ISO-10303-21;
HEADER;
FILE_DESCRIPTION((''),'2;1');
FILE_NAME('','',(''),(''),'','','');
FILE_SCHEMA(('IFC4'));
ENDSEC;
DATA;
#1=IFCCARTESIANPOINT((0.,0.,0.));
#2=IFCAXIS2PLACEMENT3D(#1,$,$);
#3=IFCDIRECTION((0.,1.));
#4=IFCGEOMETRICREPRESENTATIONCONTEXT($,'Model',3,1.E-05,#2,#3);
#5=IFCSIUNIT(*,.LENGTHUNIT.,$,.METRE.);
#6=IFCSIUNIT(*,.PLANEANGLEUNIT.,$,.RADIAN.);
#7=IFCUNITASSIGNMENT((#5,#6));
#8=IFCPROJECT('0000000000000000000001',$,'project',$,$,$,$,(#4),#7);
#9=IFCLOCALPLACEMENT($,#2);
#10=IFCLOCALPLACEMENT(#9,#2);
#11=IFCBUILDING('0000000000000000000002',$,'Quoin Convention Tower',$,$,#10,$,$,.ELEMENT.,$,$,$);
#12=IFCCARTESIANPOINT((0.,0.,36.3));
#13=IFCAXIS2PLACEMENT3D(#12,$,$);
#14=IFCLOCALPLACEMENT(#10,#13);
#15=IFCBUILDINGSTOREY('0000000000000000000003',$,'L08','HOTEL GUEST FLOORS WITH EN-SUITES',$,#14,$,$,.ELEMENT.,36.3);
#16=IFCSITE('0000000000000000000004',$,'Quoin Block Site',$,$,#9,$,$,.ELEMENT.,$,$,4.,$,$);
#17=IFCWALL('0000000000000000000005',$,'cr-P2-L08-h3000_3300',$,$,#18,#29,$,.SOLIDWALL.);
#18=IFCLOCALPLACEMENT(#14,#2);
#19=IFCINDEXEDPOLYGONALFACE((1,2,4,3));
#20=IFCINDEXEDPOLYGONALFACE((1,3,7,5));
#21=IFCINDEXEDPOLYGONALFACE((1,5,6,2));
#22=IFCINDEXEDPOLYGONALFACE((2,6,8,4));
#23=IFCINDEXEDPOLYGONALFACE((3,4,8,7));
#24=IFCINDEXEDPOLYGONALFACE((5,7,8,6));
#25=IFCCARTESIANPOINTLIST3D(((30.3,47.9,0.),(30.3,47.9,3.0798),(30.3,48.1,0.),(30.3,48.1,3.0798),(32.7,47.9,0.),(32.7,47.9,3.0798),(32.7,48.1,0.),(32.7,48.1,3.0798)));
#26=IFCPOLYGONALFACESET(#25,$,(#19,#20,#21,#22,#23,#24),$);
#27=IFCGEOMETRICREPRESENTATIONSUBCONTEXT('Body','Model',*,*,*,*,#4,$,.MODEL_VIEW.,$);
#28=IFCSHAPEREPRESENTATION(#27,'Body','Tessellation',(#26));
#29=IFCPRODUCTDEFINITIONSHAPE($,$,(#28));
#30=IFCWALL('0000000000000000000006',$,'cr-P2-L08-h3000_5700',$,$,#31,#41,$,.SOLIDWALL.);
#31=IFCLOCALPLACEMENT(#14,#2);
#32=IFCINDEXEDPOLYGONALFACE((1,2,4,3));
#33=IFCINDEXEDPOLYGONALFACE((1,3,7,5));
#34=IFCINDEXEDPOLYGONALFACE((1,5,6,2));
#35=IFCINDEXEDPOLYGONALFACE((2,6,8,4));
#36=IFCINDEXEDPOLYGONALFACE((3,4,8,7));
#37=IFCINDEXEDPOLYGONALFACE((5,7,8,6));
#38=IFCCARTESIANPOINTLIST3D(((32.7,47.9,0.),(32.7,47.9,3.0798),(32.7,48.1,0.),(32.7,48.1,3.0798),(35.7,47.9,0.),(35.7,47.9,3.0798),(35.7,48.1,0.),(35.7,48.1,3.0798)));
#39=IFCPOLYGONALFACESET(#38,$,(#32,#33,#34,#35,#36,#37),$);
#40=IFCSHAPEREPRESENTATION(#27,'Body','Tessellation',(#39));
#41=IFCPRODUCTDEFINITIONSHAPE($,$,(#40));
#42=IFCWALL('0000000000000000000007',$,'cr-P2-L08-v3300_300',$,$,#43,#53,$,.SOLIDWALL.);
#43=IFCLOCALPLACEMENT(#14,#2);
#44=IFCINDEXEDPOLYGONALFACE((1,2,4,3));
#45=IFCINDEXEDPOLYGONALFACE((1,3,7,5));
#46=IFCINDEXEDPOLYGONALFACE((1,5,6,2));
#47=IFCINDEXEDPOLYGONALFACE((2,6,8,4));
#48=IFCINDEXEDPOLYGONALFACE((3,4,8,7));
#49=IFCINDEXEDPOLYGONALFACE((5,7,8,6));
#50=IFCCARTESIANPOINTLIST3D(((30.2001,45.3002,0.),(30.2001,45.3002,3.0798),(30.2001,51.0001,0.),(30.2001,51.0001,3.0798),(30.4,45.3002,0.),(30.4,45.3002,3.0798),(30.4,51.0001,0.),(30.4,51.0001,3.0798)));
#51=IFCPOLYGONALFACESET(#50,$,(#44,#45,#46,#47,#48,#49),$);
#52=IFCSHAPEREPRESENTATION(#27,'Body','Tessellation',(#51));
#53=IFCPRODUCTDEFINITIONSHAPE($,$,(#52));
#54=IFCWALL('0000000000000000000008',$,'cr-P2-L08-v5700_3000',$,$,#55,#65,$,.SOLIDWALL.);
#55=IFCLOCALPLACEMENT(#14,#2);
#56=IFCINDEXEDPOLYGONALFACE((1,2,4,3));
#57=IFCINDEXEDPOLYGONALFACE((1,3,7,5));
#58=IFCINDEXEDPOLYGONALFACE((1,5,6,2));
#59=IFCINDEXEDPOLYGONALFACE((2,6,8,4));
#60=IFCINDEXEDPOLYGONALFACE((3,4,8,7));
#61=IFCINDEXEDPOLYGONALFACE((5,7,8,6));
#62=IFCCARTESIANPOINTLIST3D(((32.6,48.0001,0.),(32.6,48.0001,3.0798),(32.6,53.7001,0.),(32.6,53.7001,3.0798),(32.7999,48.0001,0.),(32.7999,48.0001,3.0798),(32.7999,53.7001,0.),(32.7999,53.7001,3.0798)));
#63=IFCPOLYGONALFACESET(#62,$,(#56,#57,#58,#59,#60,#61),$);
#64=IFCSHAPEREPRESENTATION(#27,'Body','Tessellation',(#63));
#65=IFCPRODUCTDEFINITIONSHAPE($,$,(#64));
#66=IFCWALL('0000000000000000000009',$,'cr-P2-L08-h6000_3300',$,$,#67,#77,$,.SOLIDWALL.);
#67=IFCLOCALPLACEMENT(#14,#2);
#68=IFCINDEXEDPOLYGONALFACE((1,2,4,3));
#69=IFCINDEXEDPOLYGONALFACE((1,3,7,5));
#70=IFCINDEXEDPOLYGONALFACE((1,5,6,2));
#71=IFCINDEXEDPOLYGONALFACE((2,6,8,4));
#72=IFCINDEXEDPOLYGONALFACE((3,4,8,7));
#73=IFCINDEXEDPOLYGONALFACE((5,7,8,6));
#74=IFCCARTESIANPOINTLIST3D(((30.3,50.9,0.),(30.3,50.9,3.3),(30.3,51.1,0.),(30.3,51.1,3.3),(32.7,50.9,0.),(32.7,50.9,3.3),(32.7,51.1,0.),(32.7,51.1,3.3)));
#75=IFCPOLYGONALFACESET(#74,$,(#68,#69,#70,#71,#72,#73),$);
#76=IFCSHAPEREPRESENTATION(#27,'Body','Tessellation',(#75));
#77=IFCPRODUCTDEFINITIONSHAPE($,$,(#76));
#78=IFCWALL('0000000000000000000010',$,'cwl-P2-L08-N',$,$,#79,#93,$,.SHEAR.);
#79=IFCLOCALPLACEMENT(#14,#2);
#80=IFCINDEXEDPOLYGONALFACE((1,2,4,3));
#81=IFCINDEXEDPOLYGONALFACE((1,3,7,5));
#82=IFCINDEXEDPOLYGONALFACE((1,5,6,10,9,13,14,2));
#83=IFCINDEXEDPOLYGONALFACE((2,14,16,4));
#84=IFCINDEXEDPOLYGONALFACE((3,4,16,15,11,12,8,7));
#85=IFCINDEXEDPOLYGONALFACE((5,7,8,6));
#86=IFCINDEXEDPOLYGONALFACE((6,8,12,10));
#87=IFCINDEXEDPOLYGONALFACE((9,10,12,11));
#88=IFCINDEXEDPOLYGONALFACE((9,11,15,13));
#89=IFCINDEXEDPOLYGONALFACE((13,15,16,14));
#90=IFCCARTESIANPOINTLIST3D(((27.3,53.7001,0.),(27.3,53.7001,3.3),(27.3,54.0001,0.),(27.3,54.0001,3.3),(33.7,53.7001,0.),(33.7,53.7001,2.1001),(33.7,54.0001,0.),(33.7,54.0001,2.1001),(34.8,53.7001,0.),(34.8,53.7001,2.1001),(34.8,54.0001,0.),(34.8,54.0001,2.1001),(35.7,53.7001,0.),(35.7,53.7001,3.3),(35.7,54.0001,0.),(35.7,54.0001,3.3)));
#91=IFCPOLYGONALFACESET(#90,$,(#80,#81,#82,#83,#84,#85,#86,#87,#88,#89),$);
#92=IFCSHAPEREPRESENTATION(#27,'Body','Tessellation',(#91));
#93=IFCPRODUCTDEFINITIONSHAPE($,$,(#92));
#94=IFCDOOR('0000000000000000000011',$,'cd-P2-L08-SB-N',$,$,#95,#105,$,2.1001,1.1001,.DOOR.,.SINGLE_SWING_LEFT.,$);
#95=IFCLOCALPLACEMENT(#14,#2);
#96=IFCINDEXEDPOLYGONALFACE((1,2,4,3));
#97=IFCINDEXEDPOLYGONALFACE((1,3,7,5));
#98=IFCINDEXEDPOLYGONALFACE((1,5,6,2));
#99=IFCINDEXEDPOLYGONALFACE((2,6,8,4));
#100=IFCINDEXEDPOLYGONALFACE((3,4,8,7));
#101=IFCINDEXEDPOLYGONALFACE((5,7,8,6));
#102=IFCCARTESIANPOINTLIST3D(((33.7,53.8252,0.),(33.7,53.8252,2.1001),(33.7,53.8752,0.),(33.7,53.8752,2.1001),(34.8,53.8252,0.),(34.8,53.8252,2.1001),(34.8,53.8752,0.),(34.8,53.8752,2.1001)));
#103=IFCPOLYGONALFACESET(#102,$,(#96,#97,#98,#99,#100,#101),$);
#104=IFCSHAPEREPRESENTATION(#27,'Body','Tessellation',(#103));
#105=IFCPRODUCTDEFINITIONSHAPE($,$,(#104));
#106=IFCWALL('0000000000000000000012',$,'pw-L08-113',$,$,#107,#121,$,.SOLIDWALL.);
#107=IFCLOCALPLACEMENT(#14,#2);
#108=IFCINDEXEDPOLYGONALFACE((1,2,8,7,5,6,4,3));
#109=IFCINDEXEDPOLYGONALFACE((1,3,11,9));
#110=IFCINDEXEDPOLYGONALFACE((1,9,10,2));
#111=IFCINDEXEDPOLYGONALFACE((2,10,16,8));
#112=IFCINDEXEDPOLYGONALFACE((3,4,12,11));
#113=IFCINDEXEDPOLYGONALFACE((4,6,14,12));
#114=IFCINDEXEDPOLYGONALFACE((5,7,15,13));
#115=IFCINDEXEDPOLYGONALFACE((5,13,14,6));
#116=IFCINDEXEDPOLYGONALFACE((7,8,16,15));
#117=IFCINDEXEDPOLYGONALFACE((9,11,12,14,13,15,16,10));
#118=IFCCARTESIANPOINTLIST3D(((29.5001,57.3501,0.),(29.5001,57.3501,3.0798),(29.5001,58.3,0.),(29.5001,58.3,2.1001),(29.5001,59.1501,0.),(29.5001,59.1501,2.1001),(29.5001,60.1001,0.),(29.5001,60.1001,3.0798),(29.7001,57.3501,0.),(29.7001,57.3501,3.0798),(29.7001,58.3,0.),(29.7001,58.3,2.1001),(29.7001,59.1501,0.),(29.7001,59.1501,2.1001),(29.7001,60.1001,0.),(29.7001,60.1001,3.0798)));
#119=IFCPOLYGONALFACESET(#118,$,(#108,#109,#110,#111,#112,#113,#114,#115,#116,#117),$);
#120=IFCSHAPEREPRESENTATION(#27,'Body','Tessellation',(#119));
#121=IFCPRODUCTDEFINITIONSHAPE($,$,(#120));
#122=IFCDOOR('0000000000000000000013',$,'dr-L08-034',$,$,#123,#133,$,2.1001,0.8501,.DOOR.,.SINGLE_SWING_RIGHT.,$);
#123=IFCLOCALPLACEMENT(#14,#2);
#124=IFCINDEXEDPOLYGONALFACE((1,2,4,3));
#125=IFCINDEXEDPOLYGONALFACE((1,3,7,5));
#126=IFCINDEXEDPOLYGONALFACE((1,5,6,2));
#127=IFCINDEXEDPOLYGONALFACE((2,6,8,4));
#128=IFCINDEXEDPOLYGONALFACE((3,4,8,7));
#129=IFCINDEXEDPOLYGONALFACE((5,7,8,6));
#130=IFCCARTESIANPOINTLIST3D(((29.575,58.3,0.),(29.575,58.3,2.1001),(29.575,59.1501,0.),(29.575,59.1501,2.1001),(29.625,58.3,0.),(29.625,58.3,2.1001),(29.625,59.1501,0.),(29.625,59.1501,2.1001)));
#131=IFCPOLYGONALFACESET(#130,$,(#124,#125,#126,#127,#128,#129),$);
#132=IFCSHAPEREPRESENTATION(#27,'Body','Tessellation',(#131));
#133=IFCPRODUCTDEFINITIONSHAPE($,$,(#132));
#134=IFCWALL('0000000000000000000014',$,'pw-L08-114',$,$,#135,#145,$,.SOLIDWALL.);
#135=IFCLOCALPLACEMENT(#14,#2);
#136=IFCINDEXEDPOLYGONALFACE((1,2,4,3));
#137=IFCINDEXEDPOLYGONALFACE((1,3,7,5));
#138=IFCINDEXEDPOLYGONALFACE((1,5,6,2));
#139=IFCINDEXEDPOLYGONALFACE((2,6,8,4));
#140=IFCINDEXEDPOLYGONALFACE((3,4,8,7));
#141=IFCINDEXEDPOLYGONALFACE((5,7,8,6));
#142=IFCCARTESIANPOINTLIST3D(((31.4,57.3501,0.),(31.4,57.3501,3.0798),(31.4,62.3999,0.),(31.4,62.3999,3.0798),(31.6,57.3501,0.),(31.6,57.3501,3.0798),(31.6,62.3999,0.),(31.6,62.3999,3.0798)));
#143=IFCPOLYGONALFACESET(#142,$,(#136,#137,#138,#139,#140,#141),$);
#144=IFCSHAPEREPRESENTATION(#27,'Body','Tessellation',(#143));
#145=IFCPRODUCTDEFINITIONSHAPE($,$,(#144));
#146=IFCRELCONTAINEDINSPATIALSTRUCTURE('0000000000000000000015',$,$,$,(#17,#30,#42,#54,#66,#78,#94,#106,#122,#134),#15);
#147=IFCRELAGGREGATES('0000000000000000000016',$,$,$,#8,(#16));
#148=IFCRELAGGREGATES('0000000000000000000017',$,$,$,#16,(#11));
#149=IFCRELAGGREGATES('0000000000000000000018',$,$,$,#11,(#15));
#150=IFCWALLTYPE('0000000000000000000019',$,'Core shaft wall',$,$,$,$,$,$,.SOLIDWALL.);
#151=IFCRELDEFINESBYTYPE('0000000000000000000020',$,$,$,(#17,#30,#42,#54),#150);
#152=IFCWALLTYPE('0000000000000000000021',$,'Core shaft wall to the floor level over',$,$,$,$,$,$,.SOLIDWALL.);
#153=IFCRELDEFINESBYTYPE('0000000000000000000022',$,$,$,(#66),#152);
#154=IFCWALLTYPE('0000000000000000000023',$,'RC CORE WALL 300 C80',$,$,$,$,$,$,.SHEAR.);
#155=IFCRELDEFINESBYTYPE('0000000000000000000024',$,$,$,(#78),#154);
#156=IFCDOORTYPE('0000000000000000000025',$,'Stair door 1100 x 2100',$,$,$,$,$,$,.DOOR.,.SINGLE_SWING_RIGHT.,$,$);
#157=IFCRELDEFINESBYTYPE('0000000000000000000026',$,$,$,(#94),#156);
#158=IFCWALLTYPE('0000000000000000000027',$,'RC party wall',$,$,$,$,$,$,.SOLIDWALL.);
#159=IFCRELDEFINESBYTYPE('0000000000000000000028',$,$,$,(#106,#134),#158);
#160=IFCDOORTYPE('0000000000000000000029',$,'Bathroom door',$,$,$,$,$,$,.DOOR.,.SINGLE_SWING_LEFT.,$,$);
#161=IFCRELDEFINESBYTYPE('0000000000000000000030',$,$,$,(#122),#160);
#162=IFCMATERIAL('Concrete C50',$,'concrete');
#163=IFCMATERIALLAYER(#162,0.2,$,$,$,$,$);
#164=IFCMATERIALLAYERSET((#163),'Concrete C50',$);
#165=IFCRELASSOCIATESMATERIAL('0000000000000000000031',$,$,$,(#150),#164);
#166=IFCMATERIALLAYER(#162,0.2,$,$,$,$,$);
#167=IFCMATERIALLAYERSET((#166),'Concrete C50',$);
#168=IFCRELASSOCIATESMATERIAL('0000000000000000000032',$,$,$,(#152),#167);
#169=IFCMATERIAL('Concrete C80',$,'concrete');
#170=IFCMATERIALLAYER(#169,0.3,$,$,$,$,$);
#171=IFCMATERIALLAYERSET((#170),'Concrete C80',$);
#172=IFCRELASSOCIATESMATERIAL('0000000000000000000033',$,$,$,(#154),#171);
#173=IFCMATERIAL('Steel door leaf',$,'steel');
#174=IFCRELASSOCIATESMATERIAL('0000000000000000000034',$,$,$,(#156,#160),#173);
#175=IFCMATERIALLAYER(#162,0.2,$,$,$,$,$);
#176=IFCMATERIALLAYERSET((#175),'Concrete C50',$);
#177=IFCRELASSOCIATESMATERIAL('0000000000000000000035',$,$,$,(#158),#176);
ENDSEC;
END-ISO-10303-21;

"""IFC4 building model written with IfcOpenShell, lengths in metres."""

from ifc_helpers import new_model, si_unit, direction, frame, frame_2d, origin, place, context, subcontext, project, spatial, rectangle, extrude, material, layer, layer_set, type_object, element, fill, save


model = new_model("IFC4")

# Units and contexts
model_context = context("Model", 3, precision=1e-05, world=origin(), true_north=direction((0.0, 1.0)))
body_context = subcontext(model_context, "Body", "Model", "MODEL_VIEW")
ifc_project = project(units=[si_unit("LENGTHUNIT", "METRE"), si_unit("PLANEANGLEUNIT", "RADIAN")], contexts=[model_context])

# Site, building, storey
site_placement = place(None, origin())
site = spatial("IfcSite", under=ifc_project, at=site_placement, Name="Quoin Block Site", CompositionType="ELEMENT", RefElevation=4.0)
building_placement = place(site_placement, origin())
building = spatial("IfcBuilding", under=site, at=building_placement, Name="Quoin Convention Tower", CompositionType="ELEMENT")
storey_placement = place(building_placement, frame((0.0, 0.0, 36.3)))
storey = spatial("IfcBuildingStorey", under=building, at=storey_placement, Name="L08", Description="HOTEL GUEST FLOORS WITH EN-SUITES", CompositionType="ELEMENT", Elevation=36.3)

# Walls
ifc_material_1 = material(Name="Concrete C50", Category="concrete")
ifc_layer_1 = layer(ifc_material_1, 0.2)
ifc_layer_set_1 = layer_set([ifc_layer_1], Name="Concrete C50")
wall_type_1 = type_object("IfcWallType", Name="Core shaft wall", PredefinedType="SOLIDWALL", material=ifc_layer_set_1)
wall_1_placement = place(storey_placement, frame((30.3, 48.0, 0.0), z_axis=(0.0, 0.0, 1.0), x_axis=(1.0, 0.0, 0.0)))
element("IfcWall", 1, at=wall_1_placement, inside=storey, type_object=wall_type_1, Name="cr-P2-L08-h3000_3300", PredefinedType="SOLIDWALL", context=body_context, shape_type="SweptSolid", body=[
    extrude(rectangle(XDim=2.3999, YDim=0.2, at=frame_2d((1.2, 0.0))), origin(), (0.0, 0.0, 1.0), 3.0798),
])
wall_2_placement = place(storey_placement, frame((32.7, 48.0, 0.0), z_axis=(0.0, 0.0, 1.0), x_axis=(1.0, 0.0, 0.0)))
element("IfcWall", 2, at=wall_2_placement, inside=storey, type_object=wall_type_1, Name="cr-P2-L08-h3000_5700", PredefinedType="SOLIDWALL", context=body_context, shape_type="SweptSolid", body=[
    extrude(rectangle(XDim=3.0, YDim=0.2, at=frame_2d((1.5, 0.0))), origin(), (0.0, 0.0, 1.0), 3.0798),
])
for number, where, z_axis, x_axis, name in (
    (3, (30.3, 45.3, 0.0), (0.0, 0.0, 1.0), (0.0, 1.0, 0.0), "cr-P2-L08-v3300_300"),
    (4, (32.7, 48.0, 0.0), (0.0, 0.0, 1.0), (0.0, 1.0, 0.0), "cr-P2-L08-v5700_3000"),
):
    element("IfcWall", number, at=place(storey_placement, frame(where, z_axis=z_axis, x_axis=x_axis)), inside=storey, type_object=wall_type_1, Name=name, PredefinedType="SOLIDWALL", context=body_context, shape_type="SweptSolid", body=[
        extrude(rectangle(XDim=5.7, YDim=0.2, at=frame_2d((2.8501, 0.0))), origin(), (0.0, 0.0, 1.0), 3.0798),
    ])
ifc_layer_2 = layer(ifc_material_1, 0.2)
ifc_layer_set_2 = layer_set([ifc_layer_2], Name="Concrete C50")
wall_type_2 = type_object("IfcWallType", Name="Core shaft wall to the floor level over", PredefinedType="SOLIDWALL", material=ifc_layer_set_2)
wall_3_placement = place(storey_placement, frame((30.3, 51.0, 0.0), z_axis=(0.0, 0.0, 1.0), x_axis=(1.0, 0.0, 0.0)))
element("IfcWall", 5, at=wall_3_placement, inside=storey, type_object=wall_type_2, Name="cr-P2-L08-h6000_3300", PredefinedType="SOLIDWALL", context=body_context, shape_type="SweptSolid", body=[
    extrude(rectangle(XDim=2.3999, YDim=0.2, at=frame_2d((1.2, 0.0))), origin(), (0.0, 0.0, 1.0), 3.3),
])

# Walls, openings, doors
ifc_material_2 = material(Name="Concrete C80", Category="concrete")
ifc_layer_3 = layer(ifc_material_2, 0.3)
ifc_layer_set_3 = layer_set([ifc_layer_3], Name="Concrete C80")
wall_type_3 = type_object("IfcWallType", Name="RC CORE WALL 300 C80", PredefinedType="SHEAR", material=ifc_layer_set_3)
wall_4_placement = place(storey_placement, frame((27.3, 53.8501, 0.0), z_axis=(0.0, 0.0, 1.0), x_axis=(1.0, 0.0, 0.0)))
wall_4 = element("IfcWall", 6, at=wall_4_placement, inside=storey, type_object=wall_type_3, Name="cwl-P2-L08-N", PredefinedType="SHEAR", context=body_context, shape_type="SweptSolid", body=[
    extrude(rectangle(XDim=8.3999, YDim=0.3, at=frame_2d((4.2, 0.0))), origin(), (0.0, 0.0, 1.0), 3.3),
])
opening_1_placement = place(wall_4_placement, frame((6.3999, 0.0, 0.0)))
opening_1 = element("IfcOpeningElement", 7, at=opening_1_placement, cuts=wall_4, PredefinedType="OPENING", context=body_context, shape_type="SweptSolid", body=[
    extrude(rectangle(XDim=1.1001, YDim=2.1001, at=frame_2d((0.55, 1.05))), frame((0.0, 0.1599, 0.0), z_axis=(0.0, -1.0, 0.0), x_axis=(1.0, 0.0, 0.0)), (0.0, 0.0, 1.0), 0.3201),
])
ifc_material_3 = material(Name="Steel door leaf", Category="steel")
door_type_1 = type_object("IfcDoorType", Name="Stair door 1100 x 2100", OperationType="SINGLE_SWING_RIGHT", PredefinedType="DOOR", material=ifc_material_3)
door_1_placement = place(opening_1_placement, frame((1.1001, 0.0, 0.0), z_axis=(0.0, 0.0, 1.0), x_axis=(-1.0, 0.0, 0.0)))
door_1 = element("IfcDoor", 8, at=door_1_placement, inside=storey, type_object=door_type_1, Name="cd-P2-L08-SB-N", OperationType="SINGLE_SWING_LEFT", OverallHeight=2.1001, OverallWidth=1.1001, PredefinedType="DOOR", context=body_context, shape_type="SweptSolid", body=[
    extrude(rectangle(XDim=1.1001, YDim=2.1001, at=frame_2d((0.55, 1.05))), frame((0.0, 0.0249, 0.0), z_axis=(0.0, -1.0, 0.0), x_axis=(1.0, 0.0, 0.0)), (0.0, 0.0, 1.0), 0.05),
])
fill(opening_1, door_1)
ifc_layer_4 = layer(ifc_material_1, 0.2)
ifc_layer_set_4 = layer_set([ifc_layer_4], Name="Concrete C50")
wall_type_4 = type_object("IfcWallType", Name="RC party wall", PredefinedType="SOLIDWALL", material=ifc_layer_set_4)
wall_5_placement = place(storey_placement, frame((29.6001, 57.3501, 0.0), z_axis=(0.0, 0.0, 1.0), x_axis=(0.0, 1.0, 0.0)))
wall_5 = element("IfcWall", 9, at=wall_5_placement, inside=storey, type_object=wall_type_4, Name="pw-L08-113", PredefinedType="SOLIDWALL", context=body_context, shape_type="SweptSolid", body=[
    extrude(rectangle(XDim=2.75, YDim=0.2, at=frame_2d((1.375, 0.0))), origin(), (0.0, 0.0, 1.0), 3.0798),
])
opening_2_placement = place(wall_5_placement, frame((0.95, 0.0, 0.0)))
opening_2 = element("IfcOpeningElement", 10, at=opening_2_placement, cuts=wall_5, PredefinedType="OPENING", context=body_context, shape_type="SweptSolid", body=[
    extrude(rectangle(XDim=0.8501, YDim=2.1001, at=frame_2d((0.425, 1.05))), frame((0.0, 0.1099, 0.0), z_axis=(0.0, -1.0, 0.0), x_axis=(1.0, 0.0, 0.0)), (0.0, 0.0, 1.0), 0.22),
])
door_type_2 = type_object("IfcDoorType", Name="Bathroom door", OperationType="SINGLE_SWING_LEFT", PredefinedType="DOOR", material=ifc_material_3)
door_2_placement = place(opening_2_placement, frame((0.8501, 0.0, 0.0), z_axis=(0.0, 0.0, 1.0), x_axis=(-1.0, 0.0, 0.0)))
door_2 = element("IfcDoor", 11, at=door_2_placement, inside=storey, type_object=door_type_2, Name="dr-L08-034", OperationType="SINGLE_SWING_RIGHT", OverallHeight=2.1001, OverallWidth=0.8501, PredefinedType="DOOR", context=body_context, shape_type="SweptSolid", body=[
    extrude(rectangle(XDim=0.8501, YDim=2.1001, at=frame_2d((0.425, 1.05))), frame((0.0, 0.0249, 0.0), z_axis=(0.0, -1.0, 0.0), x_axis=(1.0, 0.0, 0.0)), (0.0, 0.0, 1.0), 0.05),
])
fill(opening_2, door_2)

# Wall
wall_6_placement = place(storey_placement, frame((31.5, 57.3501, 0.0), z_axis=(0.0, 0.0, 1.0), x_axis=(0.0, 1.0, 0.0)))
element("IfcWall", 12, at=wall_6_placement, inside=storey, type_object=wall_type_4, Name="pw-L08-114", PredefinedType="SOLIDWALL", context=body_context, shape_type="SweptSolid", body=[
    extrude(rectangle(XDim=5.0498, YDim=0.2, at=frame_2d((2.5249, 0.0))), origin(), (0.0, 0.0, 1.0), 3.0798),
])

save(model, "model.ifc")
